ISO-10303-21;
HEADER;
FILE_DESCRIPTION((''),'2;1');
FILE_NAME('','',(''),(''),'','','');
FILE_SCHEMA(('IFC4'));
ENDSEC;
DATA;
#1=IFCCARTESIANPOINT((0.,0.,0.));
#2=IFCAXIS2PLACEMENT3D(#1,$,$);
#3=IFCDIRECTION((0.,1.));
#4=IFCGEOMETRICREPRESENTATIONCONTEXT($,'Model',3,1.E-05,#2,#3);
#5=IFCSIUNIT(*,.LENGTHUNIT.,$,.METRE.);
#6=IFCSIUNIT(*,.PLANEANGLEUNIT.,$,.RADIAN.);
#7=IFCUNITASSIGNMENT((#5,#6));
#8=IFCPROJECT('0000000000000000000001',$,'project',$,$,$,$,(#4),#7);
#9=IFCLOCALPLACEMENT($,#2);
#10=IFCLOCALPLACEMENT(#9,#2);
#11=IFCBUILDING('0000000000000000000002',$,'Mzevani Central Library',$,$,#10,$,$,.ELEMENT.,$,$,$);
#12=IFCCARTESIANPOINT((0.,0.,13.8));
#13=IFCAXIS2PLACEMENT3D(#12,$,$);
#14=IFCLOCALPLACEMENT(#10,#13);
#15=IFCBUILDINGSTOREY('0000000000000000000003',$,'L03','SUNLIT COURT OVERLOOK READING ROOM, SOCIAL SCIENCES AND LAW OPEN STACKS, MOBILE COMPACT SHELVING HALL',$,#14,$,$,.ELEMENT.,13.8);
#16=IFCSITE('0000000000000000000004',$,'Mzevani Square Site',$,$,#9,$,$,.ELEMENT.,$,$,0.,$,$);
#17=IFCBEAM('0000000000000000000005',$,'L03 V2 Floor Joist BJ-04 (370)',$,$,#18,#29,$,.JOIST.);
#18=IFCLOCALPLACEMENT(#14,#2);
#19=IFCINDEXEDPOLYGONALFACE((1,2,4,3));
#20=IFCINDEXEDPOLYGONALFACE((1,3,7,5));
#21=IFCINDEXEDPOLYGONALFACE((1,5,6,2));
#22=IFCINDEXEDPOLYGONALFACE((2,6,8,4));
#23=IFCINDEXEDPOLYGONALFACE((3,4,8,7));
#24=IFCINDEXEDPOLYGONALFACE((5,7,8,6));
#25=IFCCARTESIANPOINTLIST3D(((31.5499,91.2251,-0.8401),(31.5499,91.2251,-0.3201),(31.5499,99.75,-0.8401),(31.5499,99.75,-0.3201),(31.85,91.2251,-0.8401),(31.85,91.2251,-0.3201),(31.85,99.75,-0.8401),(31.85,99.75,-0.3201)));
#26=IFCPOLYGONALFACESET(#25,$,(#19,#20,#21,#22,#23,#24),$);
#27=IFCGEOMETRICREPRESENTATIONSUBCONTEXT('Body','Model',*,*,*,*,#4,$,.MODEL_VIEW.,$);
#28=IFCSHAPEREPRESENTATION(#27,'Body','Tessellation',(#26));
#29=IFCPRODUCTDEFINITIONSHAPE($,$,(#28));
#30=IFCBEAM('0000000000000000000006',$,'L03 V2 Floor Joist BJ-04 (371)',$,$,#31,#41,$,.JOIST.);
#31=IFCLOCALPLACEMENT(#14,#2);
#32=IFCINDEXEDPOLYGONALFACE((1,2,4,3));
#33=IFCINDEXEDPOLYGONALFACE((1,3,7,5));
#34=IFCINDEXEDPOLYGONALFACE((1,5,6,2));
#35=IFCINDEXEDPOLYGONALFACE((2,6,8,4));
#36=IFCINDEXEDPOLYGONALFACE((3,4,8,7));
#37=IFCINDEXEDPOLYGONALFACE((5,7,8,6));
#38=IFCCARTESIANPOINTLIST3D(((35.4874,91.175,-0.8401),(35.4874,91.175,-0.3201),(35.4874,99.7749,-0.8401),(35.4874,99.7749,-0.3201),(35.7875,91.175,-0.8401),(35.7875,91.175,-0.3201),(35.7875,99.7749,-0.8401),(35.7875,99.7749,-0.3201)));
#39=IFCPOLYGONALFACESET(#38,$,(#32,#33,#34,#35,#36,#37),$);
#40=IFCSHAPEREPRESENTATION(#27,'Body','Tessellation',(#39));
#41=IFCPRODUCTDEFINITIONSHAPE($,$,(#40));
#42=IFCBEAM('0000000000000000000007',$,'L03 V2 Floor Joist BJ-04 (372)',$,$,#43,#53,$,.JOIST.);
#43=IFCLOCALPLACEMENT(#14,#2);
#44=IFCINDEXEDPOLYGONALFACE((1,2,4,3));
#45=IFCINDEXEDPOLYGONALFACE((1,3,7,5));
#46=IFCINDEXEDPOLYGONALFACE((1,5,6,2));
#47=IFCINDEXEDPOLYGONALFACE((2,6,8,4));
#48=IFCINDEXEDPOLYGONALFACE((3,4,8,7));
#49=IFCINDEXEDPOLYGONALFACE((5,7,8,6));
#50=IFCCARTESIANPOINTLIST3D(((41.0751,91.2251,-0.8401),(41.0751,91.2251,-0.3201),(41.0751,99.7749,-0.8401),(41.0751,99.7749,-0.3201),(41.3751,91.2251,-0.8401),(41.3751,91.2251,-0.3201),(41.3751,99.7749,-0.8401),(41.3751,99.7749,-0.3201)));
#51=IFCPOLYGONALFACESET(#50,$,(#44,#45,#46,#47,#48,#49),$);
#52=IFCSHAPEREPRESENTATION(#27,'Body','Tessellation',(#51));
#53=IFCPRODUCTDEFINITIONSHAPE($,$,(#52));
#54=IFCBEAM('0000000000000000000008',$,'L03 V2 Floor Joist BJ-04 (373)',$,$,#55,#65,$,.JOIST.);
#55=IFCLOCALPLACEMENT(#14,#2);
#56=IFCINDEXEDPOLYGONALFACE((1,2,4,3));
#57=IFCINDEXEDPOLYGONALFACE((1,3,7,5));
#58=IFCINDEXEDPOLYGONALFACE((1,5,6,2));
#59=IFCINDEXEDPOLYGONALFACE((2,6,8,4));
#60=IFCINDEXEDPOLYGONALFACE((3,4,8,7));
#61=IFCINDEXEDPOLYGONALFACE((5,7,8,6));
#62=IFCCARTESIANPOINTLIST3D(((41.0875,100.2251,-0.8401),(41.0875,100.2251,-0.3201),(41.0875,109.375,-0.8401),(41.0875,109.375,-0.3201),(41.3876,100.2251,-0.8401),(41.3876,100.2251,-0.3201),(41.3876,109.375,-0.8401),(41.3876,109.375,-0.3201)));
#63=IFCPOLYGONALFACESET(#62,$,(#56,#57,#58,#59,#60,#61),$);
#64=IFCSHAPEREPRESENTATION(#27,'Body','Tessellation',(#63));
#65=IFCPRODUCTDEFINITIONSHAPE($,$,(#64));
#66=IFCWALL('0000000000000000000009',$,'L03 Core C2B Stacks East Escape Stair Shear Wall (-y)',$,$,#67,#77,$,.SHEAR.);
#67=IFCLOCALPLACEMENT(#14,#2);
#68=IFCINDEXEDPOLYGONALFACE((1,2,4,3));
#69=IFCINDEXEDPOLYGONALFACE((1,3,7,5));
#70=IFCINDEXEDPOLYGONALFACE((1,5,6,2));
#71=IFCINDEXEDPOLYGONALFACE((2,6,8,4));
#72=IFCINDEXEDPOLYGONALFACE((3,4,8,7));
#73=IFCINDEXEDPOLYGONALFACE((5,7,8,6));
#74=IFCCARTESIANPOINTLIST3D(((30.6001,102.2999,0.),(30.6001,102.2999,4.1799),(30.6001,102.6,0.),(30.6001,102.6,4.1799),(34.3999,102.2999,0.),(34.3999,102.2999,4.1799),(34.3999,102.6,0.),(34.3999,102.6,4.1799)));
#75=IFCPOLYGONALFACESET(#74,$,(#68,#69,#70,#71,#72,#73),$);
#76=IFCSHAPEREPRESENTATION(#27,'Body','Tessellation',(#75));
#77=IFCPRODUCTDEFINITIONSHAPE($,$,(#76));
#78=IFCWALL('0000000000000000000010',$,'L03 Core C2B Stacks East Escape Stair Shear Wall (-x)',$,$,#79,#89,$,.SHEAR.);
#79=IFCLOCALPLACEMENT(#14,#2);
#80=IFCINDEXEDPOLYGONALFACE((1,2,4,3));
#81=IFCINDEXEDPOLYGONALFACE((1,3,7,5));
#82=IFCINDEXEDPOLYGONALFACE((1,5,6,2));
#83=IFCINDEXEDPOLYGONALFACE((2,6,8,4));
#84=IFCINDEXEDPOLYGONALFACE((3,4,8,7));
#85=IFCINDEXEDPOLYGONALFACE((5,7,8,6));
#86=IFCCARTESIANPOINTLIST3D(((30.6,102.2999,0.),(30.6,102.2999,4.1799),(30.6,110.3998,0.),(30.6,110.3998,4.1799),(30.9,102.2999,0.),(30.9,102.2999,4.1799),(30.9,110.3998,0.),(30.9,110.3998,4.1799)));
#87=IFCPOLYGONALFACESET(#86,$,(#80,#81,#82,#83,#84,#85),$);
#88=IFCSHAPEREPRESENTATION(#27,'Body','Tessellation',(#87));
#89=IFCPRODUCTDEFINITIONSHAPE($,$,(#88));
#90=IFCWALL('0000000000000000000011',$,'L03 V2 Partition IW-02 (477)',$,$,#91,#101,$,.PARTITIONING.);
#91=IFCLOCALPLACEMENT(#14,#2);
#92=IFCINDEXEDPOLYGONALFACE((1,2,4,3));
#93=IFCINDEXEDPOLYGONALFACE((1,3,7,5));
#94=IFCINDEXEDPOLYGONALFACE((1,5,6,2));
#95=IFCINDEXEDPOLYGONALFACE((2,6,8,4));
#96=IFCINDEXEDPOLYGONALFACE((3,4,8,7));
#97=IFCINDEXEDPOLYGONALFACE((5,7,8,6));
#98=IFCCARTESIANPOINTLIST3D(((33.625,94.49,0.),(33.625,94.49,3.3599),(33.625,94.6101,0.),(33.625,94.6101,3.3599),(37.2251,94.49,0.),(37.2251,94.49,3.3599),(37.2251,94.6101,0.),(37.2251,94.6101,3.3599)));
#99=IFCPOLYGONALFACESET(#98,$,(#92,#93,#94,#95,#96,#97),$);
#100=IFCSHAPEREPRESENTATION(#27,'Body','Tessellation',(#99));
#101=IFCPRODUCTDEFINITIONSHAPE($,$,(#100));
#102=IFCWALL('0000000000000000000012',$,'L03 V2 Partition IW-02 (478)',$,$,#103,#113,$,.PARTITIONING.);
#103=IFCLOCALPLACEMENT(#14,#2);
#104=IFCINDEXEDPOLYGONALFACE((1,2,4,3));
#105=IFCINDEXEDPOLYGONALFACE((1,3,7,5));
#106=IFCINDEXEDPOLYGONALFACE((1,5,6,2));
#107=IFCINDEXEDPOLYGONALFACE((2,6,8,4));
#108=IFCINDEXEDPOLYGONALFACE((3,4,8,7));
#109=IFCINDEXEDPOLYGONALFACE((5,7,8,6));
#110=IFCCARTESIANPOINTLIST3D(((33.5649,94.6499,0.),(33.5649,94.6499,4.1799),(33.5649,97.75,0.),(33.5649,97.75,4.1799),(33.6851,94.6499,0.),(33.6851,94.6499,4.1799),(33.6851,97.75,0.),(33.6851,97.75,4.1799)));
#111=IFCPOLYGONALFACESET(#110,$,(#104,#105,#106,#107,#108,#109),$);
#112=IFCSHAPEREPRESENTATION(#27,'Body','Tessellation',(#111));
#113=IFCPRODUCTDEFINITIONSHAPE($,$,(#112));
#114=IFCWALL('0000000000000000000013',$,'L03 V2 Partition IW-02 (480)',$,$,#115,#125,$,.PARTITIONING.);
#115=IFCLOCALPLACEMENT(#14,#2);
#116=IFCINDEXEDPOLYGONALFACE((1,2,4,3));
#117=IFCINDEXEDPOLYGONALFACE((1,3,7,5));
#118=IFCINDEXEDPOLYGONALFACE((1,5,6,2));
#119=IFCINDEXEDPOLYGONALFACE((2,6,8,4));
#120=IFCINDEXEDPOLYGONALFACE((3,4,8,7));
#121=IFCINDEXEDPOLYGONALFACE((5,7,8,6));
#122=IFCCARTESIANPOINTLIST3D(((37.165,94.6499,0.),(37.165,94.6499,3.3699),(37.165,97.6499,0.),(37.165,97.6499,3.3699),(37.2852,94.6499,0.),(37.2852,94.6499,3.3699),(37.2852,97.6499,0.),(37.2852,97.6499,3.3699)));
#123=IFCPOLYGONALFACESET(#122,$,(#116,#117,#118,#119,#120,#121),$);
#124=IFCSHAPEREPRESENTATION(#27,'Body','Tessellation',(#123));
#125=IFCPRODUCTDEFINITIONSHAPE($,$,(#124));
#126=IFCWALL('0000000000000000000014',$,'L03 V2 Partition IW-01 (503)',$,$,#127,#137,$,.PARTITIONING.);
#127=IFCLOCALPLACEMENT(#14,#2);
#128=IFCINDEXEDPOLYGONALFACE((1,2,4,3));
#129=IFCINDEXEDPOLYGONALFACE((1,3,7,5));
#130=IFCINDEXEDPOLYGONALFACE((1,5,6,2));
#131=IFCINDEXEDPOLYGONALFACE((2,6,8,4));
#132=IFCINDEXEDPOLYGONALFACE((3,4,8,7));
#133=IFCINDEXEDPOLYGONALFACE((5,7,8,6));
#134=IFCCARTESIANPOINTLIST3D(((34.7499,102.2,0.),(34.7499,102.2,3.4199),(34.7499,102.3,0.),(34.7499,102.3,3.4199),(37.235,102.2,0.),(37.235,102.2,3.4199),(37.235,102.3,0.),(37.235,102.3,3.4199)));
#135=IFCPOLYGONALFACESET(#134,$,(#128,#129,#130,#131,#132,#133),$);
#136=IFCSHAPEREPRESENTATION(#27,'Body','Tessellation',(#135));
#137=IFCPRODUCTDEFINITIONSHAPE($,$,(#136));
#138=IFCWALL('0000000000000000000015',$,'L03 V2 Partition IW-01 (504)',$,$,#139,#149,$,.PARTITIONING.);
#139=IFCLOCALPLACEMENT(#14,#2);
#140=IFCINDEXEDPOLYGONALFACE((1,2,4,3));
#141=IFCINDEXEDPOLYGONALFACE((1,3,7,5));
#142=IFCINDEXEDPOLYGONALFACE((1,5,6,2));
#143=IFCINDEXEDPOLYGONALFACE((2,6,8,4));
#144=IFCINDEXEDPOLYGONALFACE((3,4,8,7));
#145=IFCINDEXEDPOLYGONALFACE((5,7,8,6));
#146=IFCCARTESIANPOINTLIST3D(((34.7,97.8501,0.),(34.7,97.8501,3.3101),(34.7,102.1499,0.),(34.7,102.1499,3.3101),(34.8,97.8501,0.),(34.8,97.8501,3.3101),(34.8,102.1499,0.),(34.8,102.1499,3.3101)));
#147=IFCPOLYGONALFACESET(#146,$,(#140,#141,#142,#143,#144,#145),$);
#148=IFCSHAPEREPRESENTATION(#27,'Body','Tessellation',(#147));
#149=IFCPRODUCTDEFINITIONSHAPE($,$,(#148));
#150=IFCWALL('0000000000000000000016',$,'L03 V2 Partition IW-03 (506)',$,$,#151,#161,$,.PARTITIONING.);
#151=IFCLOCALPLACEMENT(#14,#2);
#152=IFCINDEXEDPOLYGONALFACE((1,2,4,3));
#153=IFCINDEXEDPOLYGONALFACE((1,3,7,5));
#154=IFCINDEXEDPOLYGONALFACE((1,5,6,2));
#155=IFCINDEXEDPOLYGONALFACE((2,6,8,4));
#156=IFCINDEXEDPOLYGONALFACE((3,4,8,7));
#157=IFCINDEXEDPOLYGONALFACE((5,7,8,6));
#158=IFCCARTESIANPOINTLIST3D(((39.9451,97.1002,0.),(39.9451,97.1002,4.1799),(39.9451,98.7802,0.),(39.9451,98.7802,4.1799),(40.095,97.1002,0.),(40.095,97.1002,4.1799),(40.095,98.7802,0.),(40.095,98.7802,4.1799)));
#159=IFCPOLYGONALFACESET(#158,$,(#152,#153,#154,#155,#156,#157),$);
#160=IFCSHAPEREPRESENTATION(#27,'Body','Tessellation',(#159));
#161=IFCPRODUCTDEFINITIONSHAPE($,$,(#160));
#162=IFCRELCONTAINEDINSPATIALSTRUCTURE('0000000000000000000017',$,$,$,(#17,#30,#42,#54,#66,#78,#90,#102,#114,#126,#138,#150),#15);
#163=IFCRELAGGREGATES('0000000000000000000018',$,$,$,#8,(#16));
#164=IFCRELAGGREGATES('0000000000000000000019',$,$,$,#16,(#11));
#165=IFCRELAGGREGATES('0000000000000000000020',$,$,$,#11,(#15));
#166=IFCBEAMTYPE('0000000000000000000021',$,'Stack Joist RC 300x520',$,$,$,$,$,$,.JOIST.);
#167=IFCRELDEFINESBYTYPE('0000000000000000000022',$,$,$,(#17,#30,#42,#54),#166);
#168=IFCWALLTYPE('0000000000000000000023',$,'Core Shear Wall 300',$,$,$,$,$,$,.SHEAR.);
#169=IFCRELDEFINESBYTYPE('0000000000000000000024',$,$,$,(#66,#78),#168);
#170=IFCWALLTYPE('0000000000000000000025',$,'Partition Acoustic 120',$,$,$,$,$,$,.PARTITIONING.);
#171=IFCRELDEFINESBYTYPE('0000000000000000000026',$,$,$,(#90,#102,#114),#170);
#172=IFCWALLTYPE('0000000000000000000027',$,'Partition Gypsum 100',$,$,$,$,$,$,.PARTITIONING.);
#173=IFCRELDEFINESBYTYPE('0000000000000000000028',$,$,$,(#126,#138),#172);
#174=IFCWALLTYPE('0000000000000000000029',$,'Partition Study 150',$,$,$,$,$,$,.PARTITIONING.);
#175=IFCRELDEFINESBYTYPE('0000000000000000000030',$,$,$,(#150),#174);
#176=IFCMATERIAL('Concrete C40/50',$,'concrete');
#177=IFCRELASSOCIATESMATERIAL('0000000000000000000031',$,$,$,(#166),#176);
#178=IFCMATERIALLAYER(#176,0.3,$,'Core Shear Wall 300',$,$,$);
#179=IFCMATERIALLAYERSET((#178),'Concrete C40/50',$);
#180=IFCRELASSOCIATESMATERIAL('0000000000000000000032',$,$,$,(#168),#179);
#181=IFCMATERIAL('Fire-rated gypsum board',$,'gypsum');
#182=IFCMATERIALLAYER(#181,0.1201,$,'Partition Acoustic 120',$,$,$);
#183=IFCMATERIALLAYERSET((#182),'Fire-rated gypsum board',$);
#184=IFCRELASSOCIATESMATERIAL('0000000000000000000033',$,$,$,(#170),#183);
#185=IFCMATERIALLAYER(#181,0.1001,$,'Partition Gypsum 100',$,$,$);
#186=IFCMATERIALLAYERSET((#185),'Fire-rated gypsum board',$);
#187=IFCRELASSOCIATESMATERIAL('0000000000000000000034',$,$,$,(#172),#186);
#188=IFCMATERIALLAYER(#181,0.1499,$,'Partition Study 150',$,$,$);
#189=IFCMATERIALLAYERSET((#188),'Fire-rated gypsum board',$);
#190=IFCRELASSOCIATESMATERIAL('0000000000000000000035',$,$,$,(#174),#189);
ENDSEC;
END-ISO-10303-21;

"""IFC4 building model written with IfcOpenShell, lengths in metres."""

from ifc_helpers import new_model, si_unit, direction, frame, frame_2d, origin, origin_2d, place, context, subcontext, project, spatial, rectangle, extrude, material, layer, layer_set, material_profile, profile_set, type_object, element, save


model = new_model("IFC4")

# Units and contexts
model_context = context("Model", 3, precision=1e-05, world=origin(), true_north=direction((0.0, 1.0)))
body_context = subcontext(model_context, "Body", "Model", "MODEL_VIEW")
ifc_project = project(units=[si_unit("LENGTHUNIT", "METRE"), si_unit("PLANEANGLEUNIT", "RADIAN")], contexts=[model_context])

# Site, building, storey
site_placement = place(None, origin())
site = spatial("IfcSite", under=ifc_project, at=site_placement, Name="Mzevani Square Site", CompositionType="ELEMENT", RefElevation=0.0)
building_placement = place(site_placement, origin())
building = spatial("IfcBuilding", under=site, at=building_placement, Name="Mzevani Central Library", CompositionType="ELEMENT")
storey_placement = place(building_placement, frame((0.0, 0.0, 13.8)))
storey = spatial("IfcBuildingStorey", under=building, at=storey_placement, Name="L03", Description="SUNLIT COURT OVERLOOK READING ROOM, SOCIAL SCIENCES AND LAW OPEN STACKS, MOBILE COMPACT SHELVING HALL", CompositionType="ELEMENT", Elevation=13.8)

# Shared definitions
ifc_material_1 = material(Name="Concrete C40/50", Category="concrete")

# Beams
ifc_material_profile_1 = material_profile(ifc_material_1, rectangle(XDim=0.3, YDim=0.52, at=origin_2d()), Name="RC J300x520")
ifc_profile_set_1 = profile_set([ifc_material_profile_1], Name="Concrete C40/50")
beam_type_1 = type_object("IfcBeamType", Name="Stack Joist RC 300x520", PredefinedType="JOIST", material=ifc_profile_set_1)
beam_1_placement = place(storey_placement, frame((31.7, 91.2251, -0.5801), z_axis=(0.0, 1.0, 0.0), x_axis=(-1.0, 0.0, 0.0)))
element("IfcBeam", 1, at=beam_1_placement, inside=storey, type_object=beam_type_1, Name="L03 V2 Floor Joist BJ-04 (370)", PredefinedType="JOIST", context=body_context, shape_type="SweptSolid", body=[
    extrude(rectangle(XDim=0.3, YDim=0.52, at=origin_2d()), origin(), (0.0, 0.0, 1.0), 8.5249),
])
beam_2_placement = place(storey_placement, frame((35.6375, 91.175, -0.5801), z_axis=(0.0, 1.0, 0.0), x_axis=(-1.0, 0.0, 0.0)))
element("IfcBeam", 2, at=beam_2_placement, inside=storey, type_object=beam_type_1, Name="L03 V2 Floor Joist BJ-04 (371)", PredefinedType="JOIST", context=body_context, shape_type="SweptSolid", body=[
    extrude(rectangle(XDim=0.3, YDim=0.52, at=origin_2d()), origin(), (0.0, 0.0, 1.0), 8.5999),
])
beam_3_placement = place(storey_placement, frame((41.2251, 91.2251, -0.5801), z_axis=(0.0, 1.0, 0.0), x_axis=(-1.0, 0.0, 0.0)))
element("IfcBeam", 3, at=beam_3_placement, inside=storey, type_object=beam_type_1, Name="L03 V2 Floor Joist BJ-04 (372)", PredefinedType="JOIST", context=body_context, shape_type="SweptSolid", body=[
    extrude(rectangle(XDim=0.3, YDim=0.52, at=origin_2d()), origin(), (0.0, 0.0, 1.0), 8.5498),
])
beam_4_placement = place(storey_placement, frame((41.2375, 100.2251, -0.5801), z_axis=(0.0, 1.0, 0.0), x_axis=(-1.0, 0.0, 0.0)))
element("IfcBeam", 4, at=beam_4_placement, inside=storey, type_object=beam_type_1, Name="L03 V2 Floor Joist BJ-04 (373)", PredefinedType="JOIST", context=body_context, shape_type="SweptSolid", body=[
    extrude(rectangle(XDim=0.3, YDim=0.52, at=origin_2d()), origin(), (0.0, 0.0, 1.0), 9.1499),
])

# Walls
ifc_layer_1 = layer(ifc_material_1, 0.3, Name="Core Shear Wall 300")
ifc_layer_set_1 = layer_set([ifc_layer_1], Name="Concrete C40/50")
wall_type_1 = type_object("IfcWallType", Name="Core Shear Wall 300", PredefinedType="SHEAR", material=ifc_layer_set_1)
wall_1_placement = place(storey_placement, frame((34.3999, 102.45, 0.0), z_axis=(0.0, 0.0, 1.0), x_axis=(-1.0, 0.0, 0.0)))
element("IfcWall", 5, at=wall_1_placement, inside=storey, type_object=wall_type_1, Name="L03 Core C2B Stacks East Escape Stair Shear Wall (-y)", PredefinedType="SHEAR", context=body_context, shape_type="SweptSolid", body=[
    extrude(rectangle(XDim=3.7998, YDim=0.3, at=frame_2d((1.8999, 0.0))), origin(), (0.0, 0.0, 1.0), 4.1799),
])
wall_2_placement = place(storey_placement, frame((30.75, 102.3, 0.0), z_axis=(0.0, 0.0, 1.0), x_axis=(0.0, 1.0, 0.0)))
element("IfcWall", 6, at=wall_2_placement, inside=storey, type_object=wall_type_1, Name="L03 Core C2B Stacks East Escape Stair Shear Wall (-x)", PredefinedType="SHEAR", context=body_context, shape_type="SweptSolid", body=[
    extrude(rectangle(XDim=8.0999, YDim=0.3, at=frame_2d((4.0498, 0.0))), origin(), (0.0, 0.0, 1.0), 4.1799),
])
ifc_material_2 = material(Name="Fire-rated gypsum board", Category="gypsum")
ifc_layer_2 = layer(ifc_material_2, 0.1201, Name="Partition Acoustic 120")
ifc_layer_set_2 = layer_set([ifc_layer_2], Name="Fire-rated gypsum board")
wall_type_2 = type_object("IfcWallType", Name="Partition Acoustic 120", PredefinedType="PARTITIONING", material=ifc_layer_set_2)
wall_3_placement = place(storey_placement, frame((37.2251, 94.55, 0.0), z_axis=(0.0, 0.0, 1.0), x_axis=(-1.0, 0.0, 0.0)))
element("IfcWall", 7, at=wall_3_placement, inside=storey, type_object=wall_type_2, Name="L03 V2 Partition IW-02 (477)", PredefinedType="PARTITIONING", context=body_context, shape_type="SweptSolid", body=[
    extrude(rectangle(XDim=3.6001, YDim=0.1201, at=frame_2d((1.8, 0.0))), origin(), (0.0, 0.0, 1.0), 3.3599),
])
wall_4_placement = place(storey_placement, frame((33.625, 94.6499, 0.0), z_axis=(0.0, 0.0, 1.0), x_axis=(0.0, 1.0, 0.0)))
element("IfcWall", 8, at=wall_4_placement, inside=storey, type_object=wall_type_2, Name="L03 V2 Partition IW-02 (478)", PredefinedType="PARTITIONING", context=body_context, shape_type="SweptSolid", body=[
    extrude(rectangle(XDim=3.1001, YDim=0.1201, at=frame_2d((1.55, 0.0))), origin(), (0.0, 0.0, 1.0), 4.1799),
])

# Walls
wall_5_placement = place(storey_placement, frame((37.2251, 97.6499, 0.0), z_axis=(0.0, 0.0, 1.0), x_axis=(0.0, -1.0, 0.0)))
element("IfcWall", 9, at=wall_5_placement, inside=storey, type_object=wall_type_2, Name="L03 V2 Partition IW-02 (480)", PredefinedType="PARTITIONING", context=body_context, shape_type="SweptSolid", body=[
    extrude(rectangle(XDim=3.0, YDim=0.1201, at=frame_2d((1.5, 0.0))), origin(), (0.0, 0.0, 1.0), 3.3699),
])
ifc_layer_3 = layer(ifc_material_2, 0.1001, Name="Partition Gypsum 100")
ifc_layer_set_3 = layer_set([ifc_layer_3], Name="Fire-rated gypsum board")
wall_type_3 = type_object("IfcWallType", Name="Partition Gypsum 100", PredefinedType="PARTITIONING", material=ifc_layer_set_3)
wall_6_placement = place(storey_placement, frame((37.2351, 102.25, 0.0), z_axis=(0.0, 0.0, 1.0), x_axis=(-1.0, 0.0, 0.0)))
element("IfcWall", 10, at=wall_6_placement, inside=storey, type_object=wall_type_3, Name="L03 V2 Partition IW-01 (503)", PredefinedType="PARTITIONING", context=body_context, shape_type="SweptSolid", body=[
    extrude(rectangle(XDim=2.4851, YDim=0.1001, at=frame_2d((1.2427, 0.0))), origin(), (0.0, 0.0, 1.0), 3.4199),
])
wall_7_placement = place(storey_placement, frame((34.75, 102.1499, 0.0), z_axis=(0.0, 0.0, 1.0), x_axis=(0.0, -1.0, 0.0)))
element("IfcWall", 11, at=wall_7_placement, inside=storey, type_object=wall_type_3, Name="L03 V2 Partition IW-01 (504)", PredefinedType="PARTITIONING", context=body_context, shape_type="SweptSolid", body=[
    extrude(rectangle(XDim=4.2998, YDim=0.1001, at=frame_2d((2.1499, 0.0))), origin(), (0.0, 0.0, 1.0), 3.3101),
])
ifc_layer_4 = layer(ifc_material_2, 0.1499, Name="Partition Study 150")
ifc_layer_set_4 = layer_set([ifc_layer_4], Name="Fire-rated gypsum board")
wall_type_4 = type_object("IfcWallType", Name="Partition Study 150", PredefinedType="PARTITIONING", material=ifc_layer_set_4)
wall_8_placement = place(storey_placement, frame((40.02, 98.78, 0.0), z_axis=(0.0, 0.0, 1.0), x_axis=(0.0, -1.0, 0.0)))
element("IfcWall", 12, at=wall_8_placement, inside=storey, type_object=wall_type_4, Name="L03 V2 Partition IW-03 (506)", PredefinedType="PARTITIONING", context=body_context, shape_type="SweptSolid", body=[
    extrude(rectangle(XDim=1.6799, YDim=0.1499, at=frame_2d((0.8398, 0.0))), origin(), (0.0, 0.0, 1.0), 4.1799),
])

save(model, "model.ifc")
